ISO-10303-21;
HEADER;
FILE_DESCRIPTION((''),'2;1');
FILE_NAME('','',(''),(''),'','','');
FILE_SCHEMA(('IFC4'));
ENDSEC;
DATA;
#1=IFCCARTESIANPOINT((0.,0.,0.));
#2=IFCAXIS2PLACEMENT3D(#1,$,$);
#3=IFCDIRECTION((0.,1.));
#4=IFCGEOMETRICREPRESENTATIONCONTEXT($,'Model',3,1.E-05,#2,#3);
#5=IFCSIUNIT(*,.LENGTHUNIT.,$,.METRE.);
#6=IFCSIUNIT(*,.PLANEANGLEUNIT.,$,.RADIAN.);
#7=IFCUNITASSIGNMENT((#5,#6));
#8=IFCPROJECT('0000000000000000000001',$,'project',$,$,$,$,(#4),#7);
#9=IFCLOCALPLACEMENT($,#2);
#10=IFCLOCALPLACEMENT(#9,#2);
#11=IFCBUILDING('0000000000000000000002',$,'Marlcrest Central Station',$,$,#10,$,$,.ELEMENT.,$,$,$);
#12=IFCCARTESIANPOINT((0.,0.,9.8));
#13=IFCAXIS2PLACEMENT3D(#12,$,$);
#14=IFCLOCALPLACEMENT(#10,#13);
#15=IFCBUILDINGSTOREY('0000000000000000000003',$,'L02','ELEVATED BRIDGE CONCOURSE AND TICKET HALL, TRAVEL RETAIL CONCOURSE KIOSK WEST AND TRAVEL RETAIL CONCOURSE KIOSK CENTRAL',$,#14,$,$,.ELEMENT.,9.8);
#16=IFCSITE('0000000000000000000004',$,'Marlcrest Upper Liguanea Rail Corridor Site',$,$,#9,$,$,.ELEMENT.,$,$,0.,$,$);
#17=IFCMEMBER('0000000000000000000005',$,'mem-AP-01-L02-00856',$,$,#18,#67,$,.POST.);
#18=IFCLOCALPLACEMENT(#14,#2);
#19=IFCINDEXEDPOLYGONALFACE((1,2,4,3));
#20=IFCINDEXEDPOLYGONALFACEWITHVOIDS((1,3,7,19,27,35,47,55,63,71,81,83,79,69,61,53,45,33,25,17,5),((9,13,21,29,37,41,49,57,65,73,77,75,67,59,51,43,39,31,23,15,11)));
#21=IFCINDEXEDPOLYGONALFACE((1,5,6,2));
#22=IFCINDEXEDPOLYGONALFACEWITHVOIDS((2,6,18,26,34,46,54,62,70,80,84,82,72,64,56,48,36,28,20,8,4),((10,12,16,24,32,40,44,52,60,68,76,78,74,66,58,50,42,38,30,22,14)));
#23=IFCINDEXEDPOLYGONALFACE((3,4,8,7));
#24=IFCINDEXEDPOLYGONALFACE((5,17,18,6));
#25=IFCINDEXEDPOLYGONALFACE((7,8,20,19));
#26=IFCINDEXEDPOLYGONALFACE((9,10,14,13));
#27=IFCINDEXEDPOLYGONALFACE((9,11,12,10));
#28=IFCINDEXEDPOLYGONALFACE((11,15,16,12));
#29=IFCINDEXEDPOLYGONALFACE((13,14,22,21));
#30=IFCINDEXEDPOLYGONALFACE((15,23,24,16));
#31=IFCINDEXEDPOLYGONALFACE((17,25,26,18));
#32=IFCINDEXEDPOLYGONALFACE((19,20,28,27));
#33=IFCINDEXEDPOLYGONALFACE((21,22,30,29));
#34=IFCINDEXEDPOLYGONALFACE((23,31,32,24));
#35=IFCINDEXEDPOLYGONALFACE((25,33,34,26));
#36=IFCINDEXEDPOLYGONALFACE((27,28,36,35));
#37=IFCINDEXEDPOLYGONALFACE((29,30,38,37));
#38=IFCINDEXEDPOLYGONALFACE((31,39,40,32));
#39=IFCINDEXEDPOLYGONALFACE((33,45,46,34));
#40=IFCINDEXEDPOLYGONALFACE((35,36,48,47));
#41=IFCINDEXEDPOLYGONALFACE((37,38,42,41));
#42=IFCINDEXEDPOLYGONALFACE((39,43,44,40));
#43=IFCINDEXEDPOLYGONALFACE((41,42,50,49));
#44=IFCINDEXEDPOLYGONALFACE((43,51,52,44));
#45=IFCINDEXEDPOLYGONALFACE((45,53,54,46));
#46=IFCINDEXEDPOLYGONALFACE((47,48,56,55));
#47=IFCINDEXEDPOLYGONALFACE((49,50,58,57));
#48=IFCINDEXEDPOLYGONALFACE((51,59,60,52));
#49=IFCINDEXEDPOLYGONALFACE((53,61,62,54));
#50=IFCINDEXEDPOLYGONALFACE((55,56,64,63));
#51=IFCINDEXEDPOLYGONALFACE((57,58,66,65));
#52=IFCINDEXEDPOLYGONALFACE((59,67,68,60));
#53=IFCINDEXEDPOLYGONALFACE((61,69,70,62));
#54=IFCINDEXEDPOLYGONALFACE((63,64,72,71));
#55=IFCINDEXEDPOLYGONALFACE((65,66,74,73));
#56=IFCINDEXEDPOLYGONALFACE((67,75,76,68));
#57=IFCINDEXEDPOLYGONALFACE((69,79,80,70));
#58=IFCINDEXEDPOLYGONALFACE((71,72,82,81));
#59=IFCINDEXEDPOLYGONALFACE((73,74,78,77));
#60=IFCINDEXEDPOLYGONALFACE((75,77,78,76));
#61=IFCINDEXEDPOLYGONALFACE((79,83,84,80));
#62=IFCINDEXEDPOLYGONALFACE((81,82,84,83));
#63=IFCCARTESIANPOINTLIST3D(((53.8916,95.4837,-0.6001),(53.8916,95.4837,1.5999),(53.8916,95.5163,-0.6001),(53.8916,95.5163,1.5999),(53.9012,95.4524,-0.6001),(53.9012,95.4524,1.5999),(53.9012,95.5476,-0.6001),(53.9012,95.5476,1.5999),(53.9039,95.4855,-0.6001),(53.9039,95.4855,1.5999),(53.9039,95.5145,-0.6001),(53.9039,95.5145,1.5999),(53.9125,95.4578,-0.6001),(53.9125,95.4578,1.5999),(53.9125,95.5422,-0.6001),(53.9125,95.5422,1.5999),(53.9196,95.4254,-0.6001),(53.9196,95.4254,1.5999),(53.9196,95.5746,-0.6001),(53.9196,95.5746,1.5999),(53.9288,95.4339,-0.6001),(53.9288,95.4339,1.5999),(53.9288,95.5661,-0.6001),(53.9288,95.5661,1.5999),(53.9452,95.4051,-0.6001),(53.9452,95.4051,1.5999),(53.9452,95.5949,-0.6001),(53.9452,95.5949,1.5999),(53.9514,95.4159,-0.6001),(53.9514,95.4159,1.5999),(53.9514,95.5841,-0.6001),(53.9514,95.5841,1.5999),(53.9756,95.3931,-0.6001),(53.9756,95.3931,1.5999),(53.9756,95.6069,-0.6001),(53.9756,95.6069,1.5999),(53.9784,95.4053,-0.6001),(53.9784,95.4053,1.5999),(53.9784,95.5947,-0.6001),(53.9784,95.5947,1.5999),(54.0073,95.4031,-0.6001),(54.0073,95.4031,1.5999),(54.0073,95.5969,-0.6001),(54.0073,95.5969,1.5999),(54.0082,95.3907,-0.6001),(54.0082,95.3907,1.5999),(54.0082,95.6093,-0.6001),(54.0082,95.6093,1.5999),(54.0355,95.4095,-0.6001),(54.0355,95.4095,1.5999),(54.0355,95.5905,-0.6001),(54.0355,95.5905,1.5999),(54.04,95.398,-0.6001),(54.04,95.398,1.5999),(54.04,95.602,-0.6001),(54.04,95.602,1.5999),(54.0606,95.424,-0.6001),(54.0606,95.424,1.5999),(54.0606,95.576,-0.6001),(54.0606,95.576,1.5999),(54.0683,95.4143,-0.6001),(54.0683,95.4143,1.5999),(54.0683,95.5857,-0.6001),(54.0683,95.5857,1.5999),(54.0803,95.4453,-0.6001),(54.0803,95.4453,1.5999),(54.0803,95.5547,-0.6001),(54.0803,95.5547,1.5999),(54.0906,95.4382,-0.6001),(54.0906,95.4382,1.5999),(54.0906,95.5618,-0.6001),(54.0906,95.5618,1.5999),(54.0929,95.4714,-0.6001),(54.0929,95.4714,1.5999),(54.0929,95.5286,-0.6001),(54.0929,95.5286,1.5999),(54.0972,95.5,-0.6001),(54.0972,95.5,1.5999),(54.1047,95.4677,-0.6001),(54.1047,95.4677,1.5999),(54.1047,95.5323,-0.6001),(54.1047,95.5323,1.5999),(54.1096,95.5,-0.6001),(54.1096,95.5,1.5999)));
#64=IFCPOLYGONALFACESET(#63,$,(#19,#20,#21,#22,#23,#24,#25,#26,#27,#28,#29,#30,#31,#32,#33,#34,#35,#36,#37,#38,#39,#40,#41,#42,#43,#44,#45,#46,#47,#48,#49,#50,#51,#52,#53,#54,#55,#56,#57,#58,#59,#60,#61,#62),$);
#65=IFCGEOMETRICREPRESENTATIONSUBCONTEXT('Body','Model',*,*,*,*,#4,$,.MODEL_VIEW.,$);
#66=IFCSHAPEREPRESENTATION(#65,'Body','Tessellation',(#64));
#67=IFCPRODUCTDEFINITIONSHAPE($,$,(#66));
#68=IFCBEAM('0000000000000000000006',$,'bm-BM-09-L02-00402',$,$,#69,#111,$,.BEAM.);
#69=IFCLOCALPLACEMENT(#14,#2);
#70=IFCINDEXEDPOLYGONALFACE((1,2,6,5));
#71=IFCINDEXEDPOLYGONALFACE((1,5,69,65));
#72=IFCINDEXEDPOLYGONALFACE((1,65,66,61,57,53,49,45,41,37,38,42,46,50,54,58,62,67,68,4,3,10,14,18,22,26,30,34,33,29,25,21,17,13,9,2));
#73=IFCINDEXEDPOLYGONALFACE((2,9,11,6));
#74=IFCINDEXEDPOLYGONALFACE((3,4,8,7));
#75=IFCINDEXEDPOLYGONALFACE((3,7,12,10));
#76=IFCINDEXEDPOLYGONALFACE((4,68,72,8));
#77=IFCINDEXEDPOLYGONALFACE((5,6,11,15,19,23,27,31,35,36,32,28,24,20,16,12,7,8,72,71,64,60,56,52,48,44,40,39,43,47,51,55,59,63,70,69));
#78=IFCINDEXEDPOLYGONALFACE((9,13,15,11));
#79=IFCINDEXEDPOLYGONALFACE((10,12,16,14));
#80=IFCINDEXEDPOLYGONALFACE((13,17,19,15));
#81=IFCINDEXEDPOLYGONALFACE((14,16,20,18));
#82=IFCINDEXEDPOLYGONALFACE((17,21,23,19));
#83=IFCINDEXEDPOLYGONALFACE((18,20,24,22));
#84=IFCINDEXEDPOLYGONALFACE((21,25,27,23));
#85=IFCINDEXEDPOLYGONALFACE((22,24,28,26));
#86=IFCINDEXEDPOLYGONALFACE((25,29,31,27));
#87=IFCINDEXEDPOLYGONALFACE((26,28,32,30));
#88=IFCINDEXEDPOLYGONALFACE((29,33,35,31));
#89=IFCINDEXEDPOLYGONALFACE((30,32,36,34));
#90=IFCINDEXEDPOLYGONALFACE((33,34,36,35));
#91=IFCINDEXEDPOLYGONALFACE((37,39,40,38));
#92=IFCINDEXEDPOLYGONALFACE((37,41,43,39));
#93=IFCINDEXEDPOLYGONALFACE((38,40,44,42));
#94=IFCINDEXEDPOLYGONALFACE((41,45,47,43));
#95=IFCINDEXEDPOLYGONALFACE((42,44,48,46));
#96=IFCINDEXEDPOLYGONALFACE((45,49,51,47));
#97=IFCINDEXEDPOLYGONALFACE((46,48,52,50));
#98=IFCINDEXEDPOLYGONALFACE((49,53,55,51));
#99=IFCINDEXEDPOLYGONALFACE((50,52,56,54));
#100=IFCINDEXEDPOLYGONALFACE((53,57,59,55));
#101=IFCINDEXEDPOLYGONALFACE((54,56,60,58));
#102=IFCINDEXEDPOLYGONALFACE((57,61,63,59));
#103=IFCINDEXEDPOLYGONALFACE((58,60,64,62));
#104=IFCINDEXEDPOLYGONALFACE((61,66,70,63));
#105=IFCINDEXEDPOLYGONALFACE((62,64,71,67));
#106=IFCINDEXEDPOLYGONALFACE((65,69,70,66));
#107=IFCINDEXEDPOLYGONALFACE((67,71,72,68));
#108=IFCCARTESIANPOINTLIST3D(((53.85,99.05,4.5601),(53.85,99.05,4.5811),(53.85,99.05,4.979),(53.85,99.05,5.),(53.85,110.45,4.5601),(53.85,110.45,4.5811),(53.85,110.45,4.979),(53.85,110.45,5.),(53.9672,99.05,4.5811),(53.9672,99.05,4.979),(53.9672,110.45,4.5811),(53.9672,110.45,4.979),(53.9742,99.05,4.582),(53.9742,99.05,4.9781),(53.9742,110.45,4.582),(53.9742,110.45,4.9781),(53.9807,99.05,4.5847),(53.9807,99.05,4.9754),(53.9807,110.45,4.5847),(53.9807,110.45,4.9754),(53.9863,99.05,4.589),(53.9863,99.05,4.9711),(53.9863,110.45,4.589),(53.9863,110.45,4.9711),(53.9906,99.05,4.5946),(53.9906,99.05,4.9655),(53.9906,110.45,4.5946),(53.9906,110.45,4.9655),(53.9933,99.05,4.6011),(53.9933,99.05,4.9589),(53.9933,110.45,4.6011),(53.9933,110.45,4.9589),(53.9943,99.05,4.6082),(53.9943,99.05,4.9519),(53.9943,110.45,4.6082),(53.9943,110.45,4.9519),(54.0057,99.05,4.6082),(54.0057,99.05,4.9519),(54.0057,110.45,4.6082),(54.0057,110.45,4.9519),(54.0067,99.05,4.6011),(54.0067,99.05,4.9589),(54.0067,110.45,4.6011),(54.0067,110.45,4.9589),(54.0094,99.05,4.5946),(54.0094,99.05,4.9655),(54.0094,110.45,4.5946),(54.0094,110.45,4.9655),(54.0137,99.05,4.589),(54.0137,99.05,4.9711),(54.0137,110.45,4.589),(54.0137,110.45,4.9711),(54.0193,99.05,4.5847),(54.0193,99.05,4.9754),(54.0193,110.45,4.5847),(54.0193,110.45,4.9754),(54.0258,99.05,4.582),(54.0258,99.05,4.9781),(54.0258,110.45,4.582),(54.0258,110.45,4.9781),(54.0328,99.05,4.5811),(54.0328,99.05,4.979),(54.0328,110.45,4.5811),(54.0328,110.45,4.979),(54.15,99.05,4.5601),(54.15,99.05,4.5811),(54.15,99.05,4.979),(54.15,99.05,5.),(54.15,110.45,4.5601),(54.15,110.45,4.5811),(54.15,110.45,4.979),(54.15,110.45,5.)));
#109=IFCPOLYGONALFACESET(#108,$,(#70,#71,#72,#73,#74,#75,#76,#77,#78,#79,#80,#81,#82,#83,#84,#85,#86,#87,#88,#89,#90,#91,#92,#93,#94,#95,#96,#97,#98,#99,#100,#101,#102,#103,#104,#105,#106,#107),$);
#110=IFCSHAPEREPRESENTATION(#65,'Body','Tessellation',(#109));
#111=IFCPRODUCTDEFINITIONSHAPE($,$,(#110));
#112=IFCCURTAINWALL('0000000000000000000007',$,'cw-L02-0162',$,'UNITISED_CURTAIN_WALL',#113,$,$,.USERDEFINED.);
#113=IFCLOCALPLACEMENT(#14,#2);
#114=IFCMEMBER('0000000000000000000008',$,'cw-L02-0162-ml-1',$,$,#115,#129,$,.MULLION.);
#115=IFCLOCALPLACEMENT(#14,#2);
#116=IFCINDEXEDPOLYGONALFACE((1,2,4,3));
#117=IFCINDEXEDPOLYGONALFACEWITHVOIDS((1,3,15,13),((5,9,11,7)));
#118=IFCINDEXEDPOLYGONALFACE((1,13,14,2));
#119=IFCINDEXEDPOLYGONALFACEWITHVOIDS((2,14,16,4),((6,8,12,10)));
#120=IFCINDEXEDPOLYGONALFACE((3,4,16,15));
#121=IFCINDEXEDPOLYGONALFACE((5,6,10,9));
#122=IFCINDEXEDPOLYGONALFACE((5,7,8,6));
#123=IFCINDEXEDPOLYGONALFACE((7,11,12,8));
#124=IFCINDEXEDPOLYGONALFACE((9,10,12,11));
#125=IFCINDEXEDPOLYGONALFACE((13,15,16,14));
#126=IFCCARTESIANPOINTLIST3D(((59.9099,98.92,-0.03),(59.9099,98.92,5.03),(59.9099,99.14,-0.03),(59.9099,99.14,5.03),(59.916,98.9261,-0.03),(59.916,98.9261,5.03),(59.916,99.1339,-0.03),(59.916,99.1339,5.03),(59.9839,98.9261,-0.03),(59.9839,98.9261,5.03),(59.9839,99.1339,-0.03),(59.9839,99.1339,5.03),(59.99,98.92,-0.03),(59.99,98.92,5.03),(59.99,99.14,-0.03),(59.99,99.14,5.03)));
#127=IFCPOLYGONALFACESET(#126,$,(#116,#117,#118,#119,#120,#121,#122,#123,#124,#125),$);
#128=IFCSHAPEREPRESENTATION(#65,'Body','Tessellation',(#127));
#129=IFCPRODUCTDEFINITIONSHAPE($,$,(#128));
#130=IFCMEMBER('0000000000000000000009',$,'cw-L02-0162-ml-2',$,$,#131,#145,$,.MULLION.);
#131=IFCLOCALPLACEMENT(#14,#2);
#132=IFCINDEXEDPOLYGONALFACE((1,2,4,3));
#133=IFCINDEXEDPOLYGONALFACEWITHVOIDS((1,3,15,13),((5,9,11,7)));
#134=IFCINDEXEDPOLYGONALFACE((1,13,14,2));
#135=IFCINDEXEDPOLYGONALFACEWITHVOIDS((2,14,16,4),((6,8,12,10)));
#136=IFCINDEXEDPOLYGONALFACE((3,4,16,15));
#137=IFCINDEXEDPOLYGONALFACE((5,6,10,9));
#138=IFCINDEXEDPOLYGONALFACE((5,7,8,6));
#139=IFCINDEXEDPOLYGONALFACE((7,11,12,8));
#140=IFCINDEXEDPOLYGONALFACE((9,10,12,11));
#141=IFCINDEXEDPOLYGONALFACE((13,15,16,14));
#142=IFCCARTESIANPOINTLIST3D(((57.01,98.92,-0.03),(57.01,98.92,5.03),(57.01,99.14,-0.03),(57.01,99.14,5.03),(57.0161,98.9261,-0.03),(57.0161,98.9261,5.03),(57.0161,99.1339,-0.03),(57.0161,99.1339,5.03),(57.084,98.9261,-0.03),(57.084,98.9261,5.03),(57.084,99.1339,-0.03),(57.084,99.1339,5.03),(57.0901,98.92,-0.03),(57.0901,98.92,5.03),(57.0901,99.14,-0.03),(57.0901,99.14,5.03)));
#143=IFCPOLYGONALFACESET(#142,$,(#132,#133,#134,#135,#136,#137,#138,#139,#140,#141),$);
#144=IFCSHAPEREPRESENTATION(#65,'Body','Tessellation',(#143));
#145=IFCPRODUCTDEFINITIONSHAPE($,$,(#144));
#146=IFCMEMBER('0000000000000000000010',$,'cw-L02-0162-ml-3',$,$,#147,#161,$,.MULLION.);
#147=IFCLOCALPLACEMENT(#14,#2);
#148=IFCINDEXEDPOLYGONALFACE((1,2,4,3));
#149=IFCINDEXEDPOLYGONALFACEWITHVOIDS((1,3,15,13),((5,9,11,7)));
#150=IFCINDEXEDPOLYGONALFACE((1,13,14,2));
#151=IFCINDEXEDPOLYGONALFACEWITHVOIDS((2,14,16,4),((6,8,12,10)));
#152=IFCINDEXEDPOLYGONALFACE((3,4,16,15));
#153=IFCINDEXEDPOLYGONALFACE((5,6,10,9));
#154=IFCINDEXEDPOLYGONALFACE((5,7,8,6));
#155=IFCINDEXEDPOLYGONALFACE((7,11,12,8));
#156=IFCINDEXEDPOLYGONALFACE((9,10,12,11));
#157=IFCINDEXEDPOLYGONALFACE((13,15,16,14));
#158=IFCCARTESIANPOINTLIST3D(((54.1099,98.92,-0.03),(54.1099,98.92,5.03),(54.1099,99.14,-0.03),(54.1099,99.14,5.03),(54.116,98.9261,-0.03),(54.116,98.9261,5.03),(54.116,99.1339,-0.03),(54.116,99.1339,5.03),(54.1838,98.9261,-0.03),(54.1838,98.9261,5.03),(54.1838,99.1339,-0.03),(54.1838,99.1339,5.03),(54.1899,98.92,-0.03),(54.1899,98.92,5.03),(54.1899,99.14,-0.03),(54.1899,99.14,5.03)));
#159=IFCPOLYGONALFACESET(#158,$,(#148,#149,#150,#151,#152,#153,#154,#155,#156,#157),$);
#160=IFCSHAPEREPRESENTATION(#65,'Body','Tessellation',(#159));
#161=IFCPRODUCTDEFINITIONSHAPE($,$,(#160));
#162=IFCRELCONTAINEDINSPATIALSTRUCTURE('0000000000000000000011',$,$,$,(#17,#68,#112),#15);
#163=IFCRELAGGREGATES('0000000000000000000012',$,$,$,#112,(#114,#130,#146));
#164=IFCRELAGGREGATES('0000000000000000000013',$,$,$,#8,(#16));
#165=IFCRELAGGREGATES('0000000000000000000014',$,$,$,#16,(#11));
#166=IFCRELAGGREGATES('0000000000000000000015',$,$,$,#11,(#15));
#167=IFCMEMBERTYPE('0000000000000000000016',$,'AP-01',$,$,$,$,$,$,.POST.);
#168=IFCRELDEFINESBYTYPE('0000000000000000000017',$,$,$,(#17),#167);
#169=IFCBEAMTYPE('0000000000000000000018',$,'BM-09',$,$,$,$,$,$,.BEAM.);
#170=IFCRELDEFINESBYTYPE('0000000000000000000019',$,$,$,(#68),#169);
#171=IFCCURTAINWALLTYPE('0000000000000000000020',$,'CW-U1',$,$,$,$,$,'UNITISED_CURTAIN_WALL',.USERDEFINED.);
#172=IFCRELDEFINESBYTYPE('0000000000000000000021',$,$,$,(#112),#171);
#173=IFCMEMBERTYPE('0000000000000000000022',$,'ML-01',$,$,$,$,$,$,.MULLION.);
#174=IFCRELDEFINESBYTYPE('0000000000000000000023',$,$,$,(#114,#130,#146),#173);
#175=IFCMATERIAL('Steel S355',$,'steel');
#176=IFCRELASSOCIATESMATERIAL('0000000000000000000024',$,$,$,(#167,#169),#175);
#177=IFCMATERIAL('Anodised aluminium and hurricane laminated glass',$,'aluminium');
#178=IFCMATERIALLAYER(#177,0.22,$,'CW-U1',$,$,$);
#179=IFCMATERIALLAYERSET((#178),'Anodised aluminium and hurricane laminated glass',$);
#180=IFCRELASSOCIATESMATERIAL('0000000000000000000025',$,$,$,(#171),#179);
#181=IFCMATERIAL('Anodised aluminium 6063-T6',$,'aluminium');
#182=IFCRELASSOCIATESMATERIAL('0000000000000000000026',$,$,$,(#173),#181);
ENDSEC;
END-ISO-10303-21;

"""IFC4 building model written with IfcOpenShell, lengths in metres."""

from ifc_helpers import new_model, si_unit, direction, frame, origin, origin_2d, place, context, subcontext, project, spatial, hollow_rectangle, hollow_circle, i_section, extrude, material, layer, layer_set, material_profile, profile_set, type_object, element, aggregate, save


model = new_model("IFC4")

# Units and contexts
model_context = context("Model", 3, precision=1e-05, world=origin(), true_north=direction((0.0, 1.0)))
body_context = subcontext(model_context, "Body", "Model", "MODEL_VIEW")
ifc_project = project(units=[si_unit("LENGTHUNIT", "METRE"), si_unit("PLANEANGLEUNIT", "RADIAN")], contexts=[model_context])

# Site, building, storey
site_placement = place(None, origin())
site = spatial("IfcSite", under=ifc_project, at=site_placement, Name="Marlcrest Upper Liguanea Rail Corridor Site", CompositionType="ELEMENT", RefElevation=0.0)
building_placement = place(site_placement, origin())
building = spatial("IfcBuilding", under=site, at=building_placement, Name="Marlcrest Central Station", CompositionType="ELEMENT")
storey_placement = place(building_placement, frame((0.0, 0.0, 9.8)))
storey = spatial("IfcBuildingStorey", under=building, at=storey_placement, Name="L02", Description="ELEVATED BRIDGE CONCOURSE AND TICKET HALL, TRAVEL RETAIL CONCOURSE KIOSK WEST AND TRAVEL RETAIL CONCOURSE KIOSK CENTRAL", CompositionType="ELEMENT", Elevation=9.8)

# Shared definitions
ifc_material_1 = material(Name="Steel S355", Category="steel")

# Member
ifc_material_profile_1 = material_profile(ifc_material_1, hollow_circle(Radius=0.1096, WallThickness=0.0125, at=origin_2d()), Name="CHS 219.1x12.5")
ifc_profile_set_1 = profile_set([ifc_material_profile_1], Name="Steel S355")
member_type_1 = type_object("IfcMemberType", Name="AP-01", PredefinedType="POST", material=ifc_profile_set_1)
member_1_placement = place(storey_placement, frame((54.0, 95.5, -0.6001), z_axis=(0.0, 0.0, 1.0), x_axis=(1.0, 0.0, 0.0)))
element("IfcMember", 1, at=member_1_placement, inside=storey, type_object=member_type_1, Name="mem-AP-01-L02-00856", PredefinedType="POST", context=body_context, shape_type="SweptSolid", body=[
    extrude(hollow_circle(Radius=0.1096, WallThickness=0.0125, at=origin_2d()), origin(), (0.0, 0.0, 1.0), 2.2),
])

# Beam
ifc_material_profile_2 = material_profile(ifc_material_1, i_section(OverallWidth=0.3, OverallDepth=0.4399, WebThickness=0.0115, FlangeThickness=0.021, FilletRadius=0.0271, at=origin_2d()), Name="HEA 450")
ifc_profile_set_2 = profile_set([ifc_material_profile_2], Name="Steel S355")
beam_type_1 = type_object("IfcBeamType", Name="BM-09", PredefinedType="BEAM", material=ifc_profile_set_2)
beam_1_placement = place(storey_placement, frame((54.0, 99.05, 4.78), z_axis=(0.0, 1.0, 0.0), x_axis=(-1.0, 0.0, 0.0)))
element("IfcBeam", 2, at=beam_1_placement, inside=storey, type_object=beam_type_1, Name="bm-BM-09-L02-00402", PredefinedType="BEAM", context=body_context, shape_type="SweptSolid", body=[
    extrude(i_section(OverallWidth=0.3, OverallDepth=0.4399, WebThickness=0.0115, FlangeThickness=0.021, FilletRadius=0.0271, at=origin_2d()), origin(), (0.0, 0.0, 1.0), 11.3999),
])

# Curtain wall, members
ifc_material_2 = material(Name="Anodised aluminium and hurricane laminated glass", Category="aluminium")
ifc_layer_1 = layer(ifc_material_2, 0.22, Name="CW-U1")
ifc_layer_set_1 = layer_set([ifc_layer_1], Name="Anodised aluminium and hurricane laminated glass")
curtain_wall_type = type_object("IfcCurtainWallType", Name="CW-U1", ElementType="UNITISED_CURTAIN_WALL", PredefinedType="USERDEFINED", material=ifc_layer_set_1)
curtain_wall_placement = place(storey_placement, origin())
curtain_wall = element("IfcCurtainWall", 3, at=curtain_wall_placement, inside=storey, type_object=curtain_wall_type, Name="cw-L02-0162", ObjectType="UNITISED_CURTAIN_WALL", PredefinedType="USERDEFINED")
ifc_material_3 = material(Name="Anodised aluminium 6063-T6", Category="aluminium")
ifc_material_profile_3 = material_profile(ifc_material_3, hollow_rectangle(XDim=0.0801, YDim=0.22, WallThickness=0.0061, at=origin_2d()), Name="AA-RHS 220x80x6")
ifc_profile_set_3 = profile_set([ifc_material_profile_3], Name="Anodised aluminium 6063-T6")
member_type_2 = type_object("IfcMemberType", Name="ML-01", PredefinedType="MULLION", material=ifc_profile_set_3)
member_2_placement = place(storey_placement, frame((59.95, 99.03, -0.03), z_axis=(0.0, 0.0, 1.0), x_axis=(1.0, 0.0, 0.0)))
member_2 = element("IfcMember", 4, at=member_2_placement, type_object=member_type_2, Name="cw-L02-0162-ml-1", PredefinedType="MULLION", context=body_context, shape_type="SweptSolid", body=[
    extrude(hollow_rectangle(XDim=0.0801, YDim=0.22, WallThickness=0.0061, at=origin_2d()), origin(), (0.0, 0.0, 1.0), 5.0601),
])
member_3_placement = place(storey_placement, frame((57.05, 99.03, -0.03), z_axis=(0.0, 0.0, 1.0), x_axis=(1.0, 0.0, 0.0)))
member_3 = element("IfcMember", 5, at=member_3_placement, type_object=member_type_2, Name="cw-L02-0162-ml-2", PredefinedType="MULLION", context=body_context, shape_type="SweptSolid", body=[
    extrude(hollow_rectangle(XDim=0.0801, YDim=0.22, WallThickness=0.0061, at=origin_2d()), origin(), (0.0, 0.0, 1.0), 5.0601),
])
member_4_placement = place(storey_placement, frame((54.1499, 99.03, -0.03), z_axis=(0.0, 0.0, 1.0), x_axis=(1.0, 0.0, 0.0)))
member_4 = element("IfcMember", 6, at=member_4_placement, type_object=member_type_2, Name="cw-L02-0162-ml-3", PredefinedType="MULLION", context=body_context, shape_type="SweptSolid", body=[
    extrude(hollow_rectangle(XDim=0.0801, YDim=0.22, WallThickness=0.0061, at=origin_2d()), origin(), (0.0, 0.0, 1.0), 5.0601),
])

aggregate(curtain_wall, [member_2, member_3, member_4])

save(model, "model.ifc")
